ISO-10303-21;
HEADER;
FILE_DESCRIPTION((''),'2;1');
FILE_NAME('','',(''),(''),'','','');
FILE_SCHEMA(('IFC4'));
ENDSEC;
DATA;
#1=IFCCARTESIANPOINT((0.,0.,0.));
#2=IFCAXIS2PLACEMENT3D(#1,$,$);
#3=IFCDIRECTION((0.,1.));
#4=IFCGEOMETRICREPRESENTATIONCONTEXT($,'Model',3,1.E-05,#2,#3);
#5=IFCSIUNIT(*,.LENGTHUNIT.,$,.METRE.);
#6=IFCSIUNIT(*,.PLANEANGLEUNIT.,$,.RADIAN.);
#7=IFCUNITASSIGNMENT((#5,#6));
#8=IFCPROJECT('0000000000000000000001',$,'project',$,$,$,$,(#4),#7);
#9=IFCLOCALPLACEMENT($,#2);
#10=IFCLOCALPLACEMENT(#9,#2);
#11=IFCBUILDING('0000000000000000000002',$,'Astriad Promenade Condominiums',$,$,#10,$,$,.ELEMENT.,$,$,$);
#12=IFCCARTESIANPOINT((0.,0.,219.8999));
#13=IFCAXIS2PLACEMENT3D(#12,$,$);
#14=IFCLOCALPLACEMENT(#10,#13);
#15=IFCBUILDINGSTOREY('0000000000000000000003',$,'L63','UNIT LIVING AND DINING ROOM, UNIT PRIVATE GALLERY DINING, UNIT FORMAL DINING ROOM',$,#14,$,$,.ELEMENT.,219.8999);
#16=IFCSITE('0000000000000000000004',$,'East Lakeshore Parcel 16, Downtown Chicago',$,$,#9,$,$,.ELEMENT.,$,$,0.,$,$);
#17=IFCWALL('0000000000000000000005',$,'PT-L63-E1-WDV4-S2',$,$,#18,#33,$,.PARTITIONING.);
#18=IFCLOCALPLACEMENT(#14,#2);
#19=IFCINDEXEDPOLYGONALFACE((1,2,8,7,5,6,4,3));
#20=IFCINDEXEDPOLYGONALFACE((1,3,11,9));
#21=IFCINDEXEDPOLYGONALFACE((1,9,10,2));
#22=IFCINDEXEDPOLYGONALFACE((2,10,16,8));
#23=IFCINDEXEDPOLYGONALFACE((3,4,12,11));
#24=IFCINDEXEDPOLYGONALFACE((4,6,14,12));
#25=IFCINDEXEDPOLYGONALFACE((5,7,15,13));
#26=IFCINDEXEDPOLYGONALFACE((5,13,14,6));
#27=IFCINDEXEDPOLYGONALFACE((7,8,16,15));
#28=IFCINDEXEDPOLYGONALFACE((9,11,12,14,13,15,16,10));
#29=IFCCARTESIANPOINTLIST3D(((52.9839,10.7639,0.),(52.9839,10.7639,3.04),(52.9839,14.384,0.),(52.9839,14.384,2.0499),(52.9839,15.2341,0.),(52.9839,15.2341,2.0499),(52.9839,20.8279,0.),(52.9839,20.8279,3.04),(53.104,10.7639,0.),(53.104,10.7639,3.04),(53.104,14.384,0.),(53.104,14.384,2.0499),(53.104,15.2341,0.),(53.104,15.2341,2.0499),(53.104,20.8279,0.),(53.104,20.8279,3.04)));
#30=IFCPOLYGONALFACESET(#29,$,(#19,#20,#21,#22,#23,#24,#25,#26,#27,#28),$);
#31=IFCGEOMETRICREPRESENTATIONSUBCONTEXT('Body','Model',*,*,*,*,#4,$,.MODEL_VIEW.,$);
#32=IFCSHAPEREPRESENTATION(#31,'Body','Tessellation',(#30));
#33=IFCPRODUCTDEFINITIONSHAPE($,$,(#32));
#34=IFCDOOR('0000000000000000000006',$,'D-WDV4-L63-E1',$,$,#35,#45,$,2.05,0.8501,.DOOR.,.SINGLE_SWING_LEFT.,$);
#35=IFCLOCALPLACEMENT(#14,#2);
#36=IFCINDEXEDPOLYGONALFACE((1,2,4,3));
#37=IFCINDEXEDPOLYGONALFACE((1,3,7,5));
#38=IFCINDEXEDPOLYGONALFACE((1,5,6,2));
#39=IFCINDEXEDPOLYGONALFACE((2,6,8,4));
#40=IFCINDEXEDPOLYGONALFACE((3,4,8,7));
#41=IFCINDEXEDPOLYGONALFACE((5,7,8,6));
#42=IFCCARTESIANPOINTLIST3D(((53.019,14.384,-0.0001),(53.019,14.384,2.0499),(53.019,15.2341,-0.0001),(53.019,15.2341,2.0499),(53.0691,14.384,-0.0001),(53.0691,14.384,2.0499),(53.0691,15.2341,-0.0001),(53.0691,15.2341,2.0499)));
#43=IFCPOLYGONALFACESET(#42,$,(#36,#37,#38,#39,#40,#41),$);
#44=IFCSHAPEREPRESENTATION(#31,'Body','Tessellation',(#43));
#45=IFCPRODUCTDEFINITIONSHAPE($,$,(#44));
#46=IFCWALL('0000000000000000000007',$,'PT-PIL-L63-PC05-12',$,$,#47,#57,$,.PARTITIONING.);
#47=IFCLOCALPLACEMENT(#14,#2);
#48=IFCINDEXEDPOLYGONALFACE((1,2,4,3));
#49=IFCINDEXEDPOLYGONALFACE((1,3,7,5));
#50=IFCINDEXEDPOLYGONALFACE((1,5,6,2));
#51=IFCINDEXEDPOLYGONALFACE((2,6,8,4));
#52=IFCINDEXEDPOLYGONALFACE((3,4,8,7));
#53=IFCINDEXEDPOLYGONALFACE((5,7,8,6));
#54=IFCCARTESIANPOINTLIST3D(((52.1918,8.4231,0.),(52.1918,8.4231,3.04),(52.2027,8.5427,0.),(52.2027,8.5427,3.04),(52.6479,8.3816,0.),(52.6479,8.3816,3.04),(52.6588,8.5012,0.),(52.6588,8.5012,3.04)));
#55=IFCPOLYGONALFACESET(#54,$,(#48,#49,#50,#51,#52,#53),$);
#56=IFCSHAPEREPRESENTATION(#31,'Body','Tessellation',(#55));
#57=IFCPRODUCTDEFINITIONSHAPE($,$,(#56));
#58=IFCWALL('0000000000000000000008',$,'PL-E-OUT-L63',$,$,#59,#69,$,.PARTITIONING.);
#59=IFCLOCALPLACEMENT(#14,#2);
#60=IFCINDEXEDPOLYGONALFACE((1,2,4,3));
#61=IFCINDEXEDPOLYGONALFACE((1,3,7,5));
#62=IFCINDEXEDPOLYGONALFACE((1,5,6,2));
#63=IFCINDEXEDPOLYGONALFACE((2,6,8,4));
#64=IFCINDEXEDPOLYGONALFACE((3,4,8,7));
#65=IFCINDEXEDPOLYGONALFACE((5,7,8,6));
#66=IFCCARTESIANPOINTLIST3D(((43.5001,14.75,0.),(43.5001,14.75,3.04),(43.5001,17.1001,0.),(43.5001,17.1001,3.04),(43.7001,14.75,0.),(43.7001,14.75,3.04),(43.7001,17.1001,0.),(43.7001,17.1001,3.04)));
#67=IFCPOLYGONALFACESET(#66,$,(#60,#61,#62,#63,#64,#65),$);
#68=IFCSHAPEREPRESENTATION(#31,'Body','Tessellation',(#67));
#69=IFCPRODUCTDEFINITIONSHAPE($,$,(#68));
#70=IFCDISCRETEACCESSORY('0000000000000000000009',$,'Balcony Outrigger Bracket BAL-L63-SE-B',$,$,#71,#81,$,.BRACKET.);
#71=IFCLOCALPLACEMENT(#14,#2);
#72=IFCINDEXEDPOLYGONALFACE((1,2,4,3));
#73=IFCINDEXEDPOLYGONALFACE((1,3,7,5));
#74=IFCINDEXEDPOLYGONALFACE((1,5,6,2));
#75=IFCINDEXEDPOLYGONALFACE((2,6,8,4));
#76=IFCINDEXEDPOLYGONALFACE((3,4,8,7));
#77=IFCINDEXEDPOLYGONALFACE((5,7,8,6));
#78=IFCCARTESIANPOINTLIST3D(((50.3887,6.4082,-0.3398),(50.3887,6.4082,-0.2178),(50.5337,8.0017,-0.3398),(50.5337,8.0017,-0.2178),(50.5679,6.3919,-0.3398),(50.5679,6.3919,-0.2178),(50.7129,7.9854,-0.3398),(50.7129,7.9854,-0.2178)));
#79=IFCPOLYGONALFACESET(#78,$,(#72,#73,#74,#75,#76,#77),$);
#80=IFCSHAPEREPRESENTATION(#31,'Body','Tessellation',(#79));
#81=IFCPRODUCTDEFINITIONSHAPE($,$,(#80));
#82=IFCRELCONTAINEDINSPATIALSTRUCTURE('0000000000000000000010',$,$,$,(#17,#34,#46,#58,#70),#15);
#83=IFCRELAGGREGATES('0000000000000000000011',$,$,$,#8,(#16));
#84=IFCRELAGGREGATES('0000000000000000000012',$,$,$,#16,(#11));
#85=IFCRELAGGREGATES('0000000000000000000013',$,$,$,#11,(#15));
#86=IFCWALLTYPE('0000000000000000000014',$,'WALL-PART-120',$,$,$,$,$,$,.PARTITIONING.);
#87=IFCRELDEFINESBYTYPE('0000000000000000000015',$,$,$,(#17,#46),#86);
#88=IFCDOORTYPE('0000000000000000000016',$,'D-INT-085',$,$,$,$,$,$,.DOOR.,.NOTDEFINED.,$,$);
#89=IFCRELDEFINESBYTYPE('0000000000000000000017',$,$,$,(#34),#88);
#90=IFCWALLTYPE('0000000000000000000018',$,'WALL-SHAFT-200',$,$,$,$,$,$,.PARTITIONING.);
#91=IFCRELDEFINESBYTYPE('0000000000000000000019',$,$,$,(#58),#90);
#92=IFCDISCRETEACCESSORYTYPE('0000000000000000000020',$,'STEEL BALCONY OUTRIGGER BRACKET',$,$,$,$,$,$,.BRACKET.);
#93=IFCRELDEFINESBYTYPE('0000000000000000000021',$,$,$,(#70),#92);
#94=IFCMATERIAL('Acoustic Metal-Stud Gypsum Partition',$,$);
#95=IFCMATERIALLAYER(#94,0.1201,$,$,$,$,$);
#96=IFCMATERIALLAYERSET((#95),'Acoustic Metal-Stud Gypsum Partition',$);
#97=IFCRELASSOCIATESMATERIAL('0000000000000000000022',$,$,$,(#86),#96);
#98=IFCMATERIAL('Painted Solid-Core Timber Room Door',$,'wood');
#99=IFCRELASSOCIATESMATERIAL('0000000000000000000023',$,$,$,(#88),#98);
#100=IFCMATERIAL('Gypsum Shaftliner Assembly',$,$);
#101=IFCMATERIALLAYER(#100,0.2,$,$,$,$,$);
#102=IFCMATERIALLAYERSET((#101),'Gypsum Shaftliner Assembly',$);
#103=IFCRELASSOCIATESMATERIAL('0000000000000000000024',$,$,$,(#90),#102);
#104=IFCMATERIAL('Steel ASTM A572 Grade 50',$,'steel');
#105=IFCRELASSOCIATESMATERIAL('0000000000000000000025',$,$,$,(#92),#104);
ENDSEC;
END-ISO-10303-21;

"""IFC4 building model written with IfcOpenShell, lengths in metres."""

from ifc_helpers import new_model, si_unit, direction, frame, frame_2d, origin, origin_2d, place, context, subcontext, project, spatial, rectangle, extrude, source, transform, mapped, material, layer, layer_set, type_object, type_shapes, element, fill, save


model = new_model("IFC4")

# Units and contexts
model_context = context("Model", 3, precision=1e-05, world=origin(), true_north=direction((0.0, 1.0)))
body_context = subcontext(model_context, "Body", "Model", "MODEL_VIEW")
ifc_project = project(units=[si_unit("LENGTHUNIT", "METRE"), si_unit("PLANEANGLEUNIT", "RADIAN")], contexts=[model_context])

# Site, building, storey
site_placement = place(None, origin())
site = spatial("IfcSite", under=ifc_project, at=site_placement, Name="East Lakeshore Parcel 16, Downtown Chicago", CompositionType="ELEMENT", RefElevation=0.0)
building_placement = place(site_placement, origin())
building = spatial("IfcBuilding", under=site, at=building_placement, Name="Astriad Promenade Condominiums", CompositionType="ELEMENT")
storey_placement = place(building_placement, frame((0.0, 0.0, 219.8999)))
storey = spatial("IfcBuildingStorey", under=building, at=storey_placement, Name="L63", Description="UNIT LIVING AND DINING ROOM, UNIT PRIVATE GALLERY DINING, UNIT FORMAL DINING ROOM", CompositionType="ELEMENT", Elevation=219.8999)

# Shared definitions
ifc_material_1 = material(Name="Acoustic Metal-Stud Gypsum Partition")
ifc_layer_1 = layer(ifc_material_1, 0.1201)
ifc_layer_set_1 = layer_set([ifc_layer_1], Name="Acoustic Metal-Stud Gypsum Partition")
wall_type_1 = type_object("IfcWallType", Name="WALL-PART-120", PredefinedType="PARTITIONING", material=ifc_layer_set_1)
ifc_material_2 = material(Name="Painted Solid-Core Timber Room Door", Category="wood")
door_type_1 = type_object("IfcDoorType", Name="D-INT-085", OperationType="NOTDEFINED", PredefinedType="DOOR", material=ifc_material_2)
shared_shape_1 = source(origin(), body_context, "Body", "SweptSolid", [
    extrude(rectangle(XDim=0.8501, YDim=2.05, at=frame_2d((0.425, 1.0249))), frame((0.0, 0.0249, 0.0), z_axis=(0.0, -1.0, 0.0), x_axis=(1.0, 0.0, 0.0)), (0.0, 0.0, 1.0), 0.05),
])
type_shapes(door_type_1, [shared_shape_1])

# Wall, opening, door
wall_1_placement = place(storey_placement, frame((53.0439, 10.7639, 0.0), z_axis=(0.0, 0.0, 1.0), x_axis=(0.0, 1.0, 0.0)))
wall_1 = element("IfcWall", 1, at=wall_1_placement, inside=storey, type_object=wall_type_1, Name="PT-L63-E1-WDV4-S2", PredefinedType="PARTITIONING", context=body_context, shape_type="SweptSolid", body=[
    extrude(rectangle(XDim=10.064, YDim=0.1201, at=frame_2d((5.032, 0.0))), origin(), (0.0, 0.0, 1.0), 3.04),
])
opening_1_placement = place(wall_1_placement, frame((3.6201, 0.0, 0.0)))
opening_1 = element("IfcOpeningElement", 2, at=opening_1_placement, cuts=wall_1, PredefinedType="OPENING", context=body_context, shape_type="SweptSolid", body=[
    extrude(rectangle(XDim=0.8501, YDim=2.05, at=frame_2d((0.425, 1.0249))), frame((0.0, 0.0701, 0.0), z_axis=(0.0, -1.0, 0.0), x_axis=(1.0, 0.0, 0.0)), (0.0, 0.0, 1.0), 0.1401),
])
door_1_placement = place(opening_1_placement, origin())
door_1 = element("IfcDoor", 3, at=door_1_placement, inside=storey, type_object=door_type_1, Name="D-WDV4-L63-E1", OperationType="SINGLE_SWING_LEFT", OverallHeight=2.05, OverallWidth=0.8501, PredefinedType="DOOR", context=body_context, shape_type="MappedRepresentation", body=[
    mapped(shared_shape_1, transform((0.0, 0.0, 0.0), scale=1.0)),
])
fill(opening_1, door_1)

# Walls
wall_2_placement = place(storey_placement, frame((52.1973, 8.4829, 0.0), z_axis=(0.0, 0.0, 1.0), x_axis=(0.995884, -0.090632, 0.0)))
element("IfcWall", 4, at=wall_2_placement, inside=storey, type_object=wall_type_1, Name="PT-PIL-L63-PC05-12", PredefinedType="PARTITIONING", context=body_context, shape_type="SweptSolid", body=[
    extrude(rectangle(XDim=0.458, YDim=0.1201, at=frame_2d((0.229, 0.0))), origin(), (0.0, 0.0, 1.0), 3.04),
])
ifc_material_3 = material(Name="Gypsum Shaftliner Assembly")
ifc_layer_2 = layer(ifc_material_3, 0.2)
ifc_layer_set_2 = layer_set([ifc_layer_2], Name="Gypsum Shaftliner Assembly")
wall_type_2 = type_object("IfcWallType", Name="WALL-SHAFT-200", PredefinedType="PARTITIONING", material=ifc_layer_set_2)
wall_3_placement = place(storey_placement, frame((43.6001, 14.75, 0.0), z_axis=(0.0, 0.0, 1.0), x_axis=(0.0, 1.0, 0.0)))
element("IfcWall", 5, at=wall_3_placement, inside=storey, type_object=wall_type_2, Name="PL-E-OUT-L63", PredefinedType="PARTITIONING", context=body_context, shape_type="SweptSolid", body=[
    extrude(rectangle(XDim=2.3501, YDim=0.2, at=frame_2d((1.175, 0.0))), origin(), (0.0, 0.0, 1.0), 3.04),
])

# Discrete accessory
ifc_material_4 = material(Name="Steel ASTM A572 Grade 50", Category="steel")
discrete_accessory_type = type_object("IfcDiscreteAccessoryType", Name="STEEL BALCONY OUTRIGGER BRACKET", PredefinedType="BRACKET", material=ifc_material_4)
shared_shape_2 = source(origin(), body_context, "Body", "SweptSolid", [
    extrude(rectangle(XDim=1.6001, YDim=0.1799, at=origin_2d()), origin(), (0.0, 0.0, 1.0), 0.1221),
])
type_shapes(discrete_accessory_type, [shared_shape_2])
discrete_accessory_placement = place(storey_placement, frame((50.5508, 7.1968, -0.3398), z_axis=(0.0, 0.0, 1.0), x_axis=(-0.090633, -0.995884, 0.0)))
element("IfcDiscreteAccessory", 6, at=discrete_accessory_placement, inside=storey, type_object=discrete_accessory_type, Name="Balcony Outrigger Bracket BAL-L63-SE-B", PredefinedType="BRACKET", context=body_context, shape_type="MappedRepresentation", body=[
    mapped(shared_shape_2, transform((0.0, 0.0, 0.0), scale=1.0)),
])

save(model, "model.ifc")
